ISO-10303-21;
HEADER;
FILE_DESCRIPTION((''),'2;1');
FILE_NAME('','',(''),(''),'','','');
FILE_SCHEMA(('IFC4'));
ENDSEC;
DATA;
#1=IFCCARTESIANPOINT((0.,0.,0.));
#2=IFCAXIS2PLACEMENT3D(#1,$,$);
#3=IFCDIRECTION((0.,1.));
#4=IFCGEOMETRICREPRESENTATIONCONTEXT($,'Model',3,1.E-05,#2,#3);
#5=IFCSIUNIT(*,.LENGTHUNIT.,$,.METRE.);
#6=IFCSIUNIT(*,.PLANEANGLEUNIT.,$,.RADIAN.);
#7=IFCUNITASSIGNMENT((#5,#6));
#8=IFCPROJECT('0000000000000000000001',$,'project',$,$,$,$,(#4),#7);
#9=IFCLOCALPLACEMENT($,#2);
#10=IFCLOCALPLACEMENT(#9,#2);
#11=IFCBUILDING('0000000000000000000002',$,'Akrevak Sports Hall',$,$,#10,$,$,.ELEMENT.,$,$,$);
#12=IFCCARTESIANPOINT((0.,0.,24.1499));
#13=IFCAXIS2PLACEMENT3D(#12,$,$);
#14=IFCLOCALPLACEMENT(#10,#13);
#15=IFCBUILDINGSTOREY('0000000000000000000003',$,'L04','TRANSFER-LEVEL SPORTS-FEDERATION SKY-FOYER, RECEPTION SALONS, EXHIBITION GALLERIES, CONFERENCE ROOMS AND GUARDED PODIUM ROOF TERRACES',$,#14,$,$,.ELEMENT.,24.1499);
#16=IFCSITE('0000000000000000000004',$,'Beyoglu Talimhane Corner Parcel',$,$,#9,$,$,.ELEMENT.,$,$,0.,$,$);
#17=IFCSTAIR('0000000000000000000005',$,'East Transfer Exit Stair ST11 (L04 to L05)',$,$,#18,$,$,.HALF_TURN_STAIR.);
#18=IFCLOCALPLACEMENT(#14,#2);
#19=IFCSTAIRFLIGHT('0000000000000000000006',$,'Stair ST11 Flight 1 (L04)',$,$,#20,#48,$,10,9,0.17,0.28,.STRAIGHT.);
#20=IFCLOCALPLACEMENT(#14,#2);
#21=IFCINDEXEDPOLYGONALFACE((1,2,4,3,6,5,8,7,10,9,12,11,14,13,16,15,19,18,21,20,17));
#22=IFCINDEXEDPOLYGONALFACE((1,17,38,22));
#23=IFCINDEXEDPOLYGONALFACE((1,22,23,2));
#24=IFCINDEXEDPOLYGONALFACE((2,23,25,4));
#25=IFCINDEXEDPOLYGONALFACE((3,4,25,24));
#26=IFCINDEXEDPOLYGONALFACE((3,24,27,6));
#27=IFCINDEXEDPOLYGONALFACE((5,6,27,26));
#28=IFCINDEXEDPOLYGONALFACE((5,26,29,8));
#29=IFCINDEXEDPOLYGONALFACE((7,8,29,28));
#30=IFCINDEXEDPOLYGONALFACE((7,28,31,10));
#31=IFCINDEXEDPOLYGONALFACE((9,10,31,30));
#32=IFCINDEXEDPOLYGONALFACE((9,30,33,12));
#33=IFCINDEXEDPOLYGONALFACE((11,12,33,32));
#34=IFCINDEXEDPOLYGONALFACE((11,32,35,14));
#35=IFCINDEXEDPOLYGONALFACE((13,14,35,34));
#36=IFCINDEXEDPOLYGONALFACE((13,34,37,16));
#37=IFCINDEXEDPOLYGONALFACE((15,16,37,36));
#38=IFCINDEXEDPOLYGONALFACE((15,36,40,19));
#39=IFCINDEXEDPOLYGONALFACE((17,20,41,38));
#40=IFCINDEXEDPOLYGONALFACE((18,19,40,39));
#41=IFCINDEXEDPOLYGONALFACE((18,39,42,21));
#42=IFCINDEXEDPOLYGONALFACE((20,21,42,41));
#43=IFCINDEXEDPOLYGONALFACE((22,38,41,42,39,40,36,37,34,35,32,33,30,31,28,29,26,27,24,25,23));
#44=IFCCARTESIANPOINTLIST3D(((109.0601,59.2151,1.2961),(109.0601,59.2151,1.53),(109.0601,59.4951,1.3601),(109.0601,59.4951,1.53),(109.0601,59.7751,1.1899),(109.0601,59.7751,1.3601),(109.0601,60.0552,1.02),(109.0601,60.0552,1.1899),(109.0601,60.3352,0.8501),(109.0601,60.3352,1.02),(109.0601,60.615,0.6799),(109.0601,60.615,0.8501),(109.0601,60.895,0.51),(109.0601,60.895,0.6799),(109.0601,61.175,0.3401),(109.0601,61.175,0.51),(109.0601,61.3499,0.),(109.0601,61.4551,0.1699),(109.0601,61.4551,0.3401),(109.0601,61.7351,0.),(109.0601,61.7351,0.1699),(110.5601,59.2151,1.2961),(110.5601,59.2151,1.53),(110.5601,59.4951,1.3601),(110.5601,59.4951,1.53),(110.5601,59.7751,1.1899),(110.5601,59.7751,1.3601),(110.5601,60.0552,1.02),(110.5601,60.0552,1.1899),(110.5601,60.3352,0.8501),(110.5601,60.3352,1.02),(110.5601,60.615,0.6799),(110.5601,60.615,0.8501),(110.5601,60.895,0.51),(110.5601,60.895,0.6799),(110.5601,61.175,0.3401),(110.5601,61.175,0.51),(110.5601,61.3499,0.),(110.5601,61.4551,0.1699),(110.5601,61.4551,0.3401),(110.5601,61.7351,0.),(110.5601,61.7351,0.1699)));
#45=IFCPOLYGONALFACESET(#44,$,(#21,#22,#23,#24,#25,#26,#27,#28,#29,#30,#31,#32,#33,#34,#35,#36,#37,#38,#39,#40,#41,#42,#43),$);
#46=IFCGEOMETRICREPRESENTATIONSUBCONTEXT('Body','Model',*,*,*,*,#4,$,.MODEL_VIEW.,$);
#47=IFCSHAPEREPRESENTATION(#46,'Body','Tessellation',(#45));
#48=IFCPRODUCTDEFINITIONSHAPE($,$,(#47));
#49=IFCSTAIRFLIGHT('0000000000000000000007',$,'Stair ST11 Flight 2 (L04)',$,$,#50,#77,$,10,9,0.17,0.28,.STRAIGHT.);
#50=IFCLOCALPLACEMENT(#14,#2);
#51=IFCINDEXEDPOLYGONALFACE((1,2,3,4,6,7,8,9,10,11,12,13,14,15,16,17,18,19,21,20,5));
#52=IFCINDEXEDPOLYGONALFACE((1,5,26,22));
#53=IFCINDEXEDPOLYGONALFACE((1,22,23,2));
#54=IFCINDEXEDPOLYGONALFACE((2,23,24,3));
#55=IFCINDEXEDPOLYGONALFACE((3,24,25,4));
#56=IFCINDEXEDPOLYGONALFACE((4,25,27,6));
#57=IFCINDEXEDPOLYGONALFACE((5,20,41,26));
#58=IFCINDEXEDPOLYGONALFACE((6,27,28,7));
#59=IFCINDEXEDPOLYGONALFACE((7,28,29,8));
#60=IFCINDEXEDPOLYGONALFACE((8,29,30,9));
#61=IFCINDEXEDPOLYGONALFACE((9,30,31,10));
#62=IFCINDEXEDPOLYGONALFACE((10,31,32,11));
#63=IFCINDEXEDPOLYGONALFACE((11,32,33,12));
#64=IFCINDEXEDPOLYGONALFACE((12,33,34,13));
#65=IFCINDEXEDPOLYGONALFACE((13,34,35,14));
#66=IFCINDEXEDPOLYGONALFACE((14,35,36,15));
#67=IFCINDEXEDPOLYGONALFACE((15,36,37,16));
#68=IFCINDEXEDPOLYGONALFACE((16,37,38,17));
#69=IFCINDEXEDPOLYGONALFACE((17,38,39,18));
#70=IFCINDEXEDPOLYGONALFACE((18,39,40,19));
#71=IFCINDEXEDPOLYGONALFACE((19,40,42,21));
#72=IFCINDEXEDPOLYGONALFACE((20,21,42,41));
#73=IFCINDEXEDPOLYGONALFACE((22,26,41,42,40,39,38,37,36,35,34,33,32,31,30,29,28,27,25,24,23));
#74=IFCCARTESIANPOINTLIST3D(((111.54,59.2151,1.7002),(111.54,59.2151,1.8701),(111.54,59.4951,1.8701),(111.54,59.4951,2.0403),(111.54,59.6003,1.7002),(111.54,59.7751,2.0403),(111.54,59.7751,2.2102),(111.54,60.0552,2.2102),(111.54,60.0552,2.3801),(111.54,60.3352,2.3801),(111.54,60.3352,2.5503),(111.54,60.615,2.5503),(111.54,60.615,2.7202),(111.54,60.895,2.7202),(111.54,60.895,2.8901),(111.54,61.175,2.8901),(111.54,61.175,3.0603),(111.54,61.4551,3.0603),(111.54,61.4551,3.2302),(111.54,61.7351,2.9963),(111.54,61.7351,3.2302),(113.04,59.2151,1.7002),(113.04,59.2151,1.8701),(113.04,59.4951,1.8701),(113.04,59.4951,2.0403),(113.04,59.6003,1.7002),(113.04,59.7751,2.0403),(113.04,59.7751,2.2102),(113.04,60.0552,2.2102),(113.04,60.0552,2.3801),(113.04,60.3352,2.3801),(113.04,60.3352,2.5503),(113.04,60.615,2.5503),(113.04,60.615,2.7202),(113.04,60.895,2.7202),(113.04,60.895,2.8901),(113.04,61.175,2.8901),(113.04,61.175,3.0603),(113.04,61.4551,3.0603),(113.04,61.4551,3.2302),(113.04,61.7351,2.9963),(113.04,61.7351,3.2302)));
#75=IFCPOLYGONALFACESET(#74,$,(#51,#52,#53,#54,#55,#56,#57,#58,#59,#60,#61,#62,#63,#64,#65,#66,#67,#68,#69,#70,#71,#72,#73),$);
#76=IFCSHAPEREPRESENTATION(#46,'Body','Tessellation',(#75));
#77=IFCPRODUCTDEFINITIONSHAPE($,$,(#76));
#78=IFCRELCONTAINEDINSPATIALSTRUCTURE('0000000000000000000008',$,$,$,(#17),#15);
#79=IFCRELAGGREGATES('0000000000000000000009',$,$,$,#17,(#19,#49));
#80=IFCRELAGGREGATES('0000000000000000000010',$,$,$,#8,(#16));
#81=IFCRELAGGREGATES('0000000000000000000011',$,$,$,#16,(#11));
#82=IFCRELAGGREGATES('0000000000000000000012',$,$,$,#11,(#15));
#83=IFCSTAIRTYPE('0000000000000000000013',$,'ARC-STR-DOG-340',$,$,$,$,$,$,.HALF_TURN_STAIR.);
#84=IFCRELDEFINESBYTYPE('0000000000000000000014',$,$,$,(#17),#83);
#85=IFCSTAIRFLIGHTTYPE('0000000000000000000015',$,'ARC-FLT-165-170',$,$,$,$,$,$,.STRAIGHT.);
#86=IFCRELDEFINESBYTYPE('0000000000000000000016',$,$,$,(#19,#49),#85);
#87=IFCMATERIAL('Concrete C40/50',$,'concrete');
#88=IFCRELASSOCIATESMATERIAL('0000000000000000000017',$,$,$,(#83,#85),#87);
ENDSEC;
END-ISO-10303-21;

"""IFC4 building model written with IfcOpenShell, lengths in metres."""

from ifc_helpers import new_model, si_unit, direction, frame, origin, place, context, subcontext, project, spatial, polyline, outline, extrude, material, type_object, element, aggregate, save


model = new_model("IFC4")

# Units and contexts
model_context = context("Model", 3, precision=1e-05, world=origin(), true_north=direction((0.0, 1.0)))
body_context = subcontext(model_context, "Body", "Model", "MODEL_VIEW")
ifc_project = project(units=[si_unit("LENGTHUNIT", "METRE"), si_unit("PLANEANGLEUNIT", "RADIAN")], contexts=[model_context])

# Site, building, storey
site_placement = place(None, origin())
site = spatial("IfcSite", under=ifc_project, at=site_placement, Name="Beyoglu Talimhane Corner Parcel", CompositionType="ELEMENT", RefElevation=0.0)
building_placement = place(site_placement, origin())
building = spatial("IfcBuilding", under=site, at=building_placement, Name="Akrevak Sports Hall", CompositionType="ELEMENT")
storey_placement = place(building_placement, frame((0.0, 0.0, 24.1499)))
storey = spatial("IfcBuildingStorey", under=building, at=storey_placement, Name="L04", Description="TRANSFER-LEVEL SPORTS-FEDERATION SKY-FOYER, RECEPTION SALONS, EXHIBITION GALLERIES, CONFERENCE ROOMS AND GUARDED PODIUM ROOF TERRACES", CompositionType="ELEMENT", Elevation=24.1499)

# Shared definitions
ifc_material_1 = material(Name="Concrete C40/50", Category="concrete")

# Shared definitions
stair_type = type_object("IfcStairType", Name="ARC-STR-DOG-340", PredefinedType="HALF_TURN_STAIR", material=ifc_material_1)
stair_flight_type = type_object("IfcStairFlightType", Name="ARC-FLT-165-170", PredefinedType="STRAIGHT", material=ifc_material_1)

# Stair, stair flights
stair_1_placement = place(storey_placement, origin())
stair_1 = element("IfcStair", 1, at=stair_1_placement, inside=storey, type_object=stair_type, Name="East Transfer Exit Stair ST11 (L04 to L05)", PredefinedType="HALF_TURN_STAIR")
stair_flight_1_placement = place(storey_placement, frame((109.8101, 61.7351, 0.0), z_axis=(0.0, 0.0, 1.0), x_axis=(0.0, -1.0, 0.0)))
stair_flight_1 = element("IfcStairFlight", 2, at=stair_flight_1_placement, type_object=stair_flight_type, Name="Stair ST11 Flight 1 (L04)", NumberOfRisers=10, NumberOfTreads=9, PredefinedType="STRAIGHT", RiserHeight=0.17, TreadLength=0.28, context=body_context, shape_type="SweptSolid", body=[
    extrude(outline(polyline([(0.0, 0.0), (0.0, 0.1699), (0.28, 0.1699), (0.28, 0.3401), (0.5601, 0.3401), (0.5601, 0.51), (0.8401, 0.51), (0.8401, 0.6799), (1.1201, 0.6799), (1.1201, 0.8501), (1.3999, 0.8501), (1.3999, 1.02), (1.6799, 1.02), (1.6799, 1.1899), (1.96, 1.1899), (1.96, 1.3601), (2.24, 1.3601), (2.24, 1.53), (2.52, 1.53), (2.52, 1.7), (2.52, 1.2961), (0.3853, 0.0), (0.0, 0.0)])), frame((0.0, 0.75, 0.0), z_axis=(0.0, -1.0, 0.0), x_axis=(1.0, 0.0, 0.0)), (0.0, 0.0, 1.0), 1.5),
])
stair_flight_2_placement = place(storey_placement, frame((112.29, 59.2151, 1.7002), z_axis=(0.0, 0.0, 1.0), x_axis=(0.0, 1.0, 0.0)))
stair_flight_2 = element("IfcStairFlight", 3, at=stair_flight_2_placement, type_object=stair_flight_type, Name="Stair ST11 Flight 2 (L04)", NumberOfRisers=10, NumberOfTreads=9, PredefinedType="STRAIGHT", RiserHeight=0.17, TreadLength=0.28, context=body_context, shape_type="SweptSolid", body=[
    extrude(outline(polyline([(0.0, 0.0), (0.0, 0.1699), (0.28, 0.1699), (0.28, 0.3401), (0.5601, 0.3401), (0.5601, 0.51), (0.8401, 0.51), (0.8401, 0.6799), (1.1201, 0.6799), (1.1201, 0.8501), (1.3999, 0.8501), (1.3999, 1.02), (1.6799, 1.02), (1.6799, 1.1899), (1.96, 1.1899), (1.96, 1.3601), (2.24, 1.3601), (2.24, 1.53), (2.52, 1.53), (2.52, 1.7), (2.52, 1.2961), (0.3853, 0.0), (0.0, 0.0)])), frame((0.0, 0.75, 0.0), z_axis=(0.0, -1.0, 0.0), x_axis=(1.0, 0.0, 0.0)), (0.0, 0.0, 1.0), 1.5),
])
aggregate(stair_1, [stair_flight_1, stair_flight_2])

save(model, "model.ifc")
